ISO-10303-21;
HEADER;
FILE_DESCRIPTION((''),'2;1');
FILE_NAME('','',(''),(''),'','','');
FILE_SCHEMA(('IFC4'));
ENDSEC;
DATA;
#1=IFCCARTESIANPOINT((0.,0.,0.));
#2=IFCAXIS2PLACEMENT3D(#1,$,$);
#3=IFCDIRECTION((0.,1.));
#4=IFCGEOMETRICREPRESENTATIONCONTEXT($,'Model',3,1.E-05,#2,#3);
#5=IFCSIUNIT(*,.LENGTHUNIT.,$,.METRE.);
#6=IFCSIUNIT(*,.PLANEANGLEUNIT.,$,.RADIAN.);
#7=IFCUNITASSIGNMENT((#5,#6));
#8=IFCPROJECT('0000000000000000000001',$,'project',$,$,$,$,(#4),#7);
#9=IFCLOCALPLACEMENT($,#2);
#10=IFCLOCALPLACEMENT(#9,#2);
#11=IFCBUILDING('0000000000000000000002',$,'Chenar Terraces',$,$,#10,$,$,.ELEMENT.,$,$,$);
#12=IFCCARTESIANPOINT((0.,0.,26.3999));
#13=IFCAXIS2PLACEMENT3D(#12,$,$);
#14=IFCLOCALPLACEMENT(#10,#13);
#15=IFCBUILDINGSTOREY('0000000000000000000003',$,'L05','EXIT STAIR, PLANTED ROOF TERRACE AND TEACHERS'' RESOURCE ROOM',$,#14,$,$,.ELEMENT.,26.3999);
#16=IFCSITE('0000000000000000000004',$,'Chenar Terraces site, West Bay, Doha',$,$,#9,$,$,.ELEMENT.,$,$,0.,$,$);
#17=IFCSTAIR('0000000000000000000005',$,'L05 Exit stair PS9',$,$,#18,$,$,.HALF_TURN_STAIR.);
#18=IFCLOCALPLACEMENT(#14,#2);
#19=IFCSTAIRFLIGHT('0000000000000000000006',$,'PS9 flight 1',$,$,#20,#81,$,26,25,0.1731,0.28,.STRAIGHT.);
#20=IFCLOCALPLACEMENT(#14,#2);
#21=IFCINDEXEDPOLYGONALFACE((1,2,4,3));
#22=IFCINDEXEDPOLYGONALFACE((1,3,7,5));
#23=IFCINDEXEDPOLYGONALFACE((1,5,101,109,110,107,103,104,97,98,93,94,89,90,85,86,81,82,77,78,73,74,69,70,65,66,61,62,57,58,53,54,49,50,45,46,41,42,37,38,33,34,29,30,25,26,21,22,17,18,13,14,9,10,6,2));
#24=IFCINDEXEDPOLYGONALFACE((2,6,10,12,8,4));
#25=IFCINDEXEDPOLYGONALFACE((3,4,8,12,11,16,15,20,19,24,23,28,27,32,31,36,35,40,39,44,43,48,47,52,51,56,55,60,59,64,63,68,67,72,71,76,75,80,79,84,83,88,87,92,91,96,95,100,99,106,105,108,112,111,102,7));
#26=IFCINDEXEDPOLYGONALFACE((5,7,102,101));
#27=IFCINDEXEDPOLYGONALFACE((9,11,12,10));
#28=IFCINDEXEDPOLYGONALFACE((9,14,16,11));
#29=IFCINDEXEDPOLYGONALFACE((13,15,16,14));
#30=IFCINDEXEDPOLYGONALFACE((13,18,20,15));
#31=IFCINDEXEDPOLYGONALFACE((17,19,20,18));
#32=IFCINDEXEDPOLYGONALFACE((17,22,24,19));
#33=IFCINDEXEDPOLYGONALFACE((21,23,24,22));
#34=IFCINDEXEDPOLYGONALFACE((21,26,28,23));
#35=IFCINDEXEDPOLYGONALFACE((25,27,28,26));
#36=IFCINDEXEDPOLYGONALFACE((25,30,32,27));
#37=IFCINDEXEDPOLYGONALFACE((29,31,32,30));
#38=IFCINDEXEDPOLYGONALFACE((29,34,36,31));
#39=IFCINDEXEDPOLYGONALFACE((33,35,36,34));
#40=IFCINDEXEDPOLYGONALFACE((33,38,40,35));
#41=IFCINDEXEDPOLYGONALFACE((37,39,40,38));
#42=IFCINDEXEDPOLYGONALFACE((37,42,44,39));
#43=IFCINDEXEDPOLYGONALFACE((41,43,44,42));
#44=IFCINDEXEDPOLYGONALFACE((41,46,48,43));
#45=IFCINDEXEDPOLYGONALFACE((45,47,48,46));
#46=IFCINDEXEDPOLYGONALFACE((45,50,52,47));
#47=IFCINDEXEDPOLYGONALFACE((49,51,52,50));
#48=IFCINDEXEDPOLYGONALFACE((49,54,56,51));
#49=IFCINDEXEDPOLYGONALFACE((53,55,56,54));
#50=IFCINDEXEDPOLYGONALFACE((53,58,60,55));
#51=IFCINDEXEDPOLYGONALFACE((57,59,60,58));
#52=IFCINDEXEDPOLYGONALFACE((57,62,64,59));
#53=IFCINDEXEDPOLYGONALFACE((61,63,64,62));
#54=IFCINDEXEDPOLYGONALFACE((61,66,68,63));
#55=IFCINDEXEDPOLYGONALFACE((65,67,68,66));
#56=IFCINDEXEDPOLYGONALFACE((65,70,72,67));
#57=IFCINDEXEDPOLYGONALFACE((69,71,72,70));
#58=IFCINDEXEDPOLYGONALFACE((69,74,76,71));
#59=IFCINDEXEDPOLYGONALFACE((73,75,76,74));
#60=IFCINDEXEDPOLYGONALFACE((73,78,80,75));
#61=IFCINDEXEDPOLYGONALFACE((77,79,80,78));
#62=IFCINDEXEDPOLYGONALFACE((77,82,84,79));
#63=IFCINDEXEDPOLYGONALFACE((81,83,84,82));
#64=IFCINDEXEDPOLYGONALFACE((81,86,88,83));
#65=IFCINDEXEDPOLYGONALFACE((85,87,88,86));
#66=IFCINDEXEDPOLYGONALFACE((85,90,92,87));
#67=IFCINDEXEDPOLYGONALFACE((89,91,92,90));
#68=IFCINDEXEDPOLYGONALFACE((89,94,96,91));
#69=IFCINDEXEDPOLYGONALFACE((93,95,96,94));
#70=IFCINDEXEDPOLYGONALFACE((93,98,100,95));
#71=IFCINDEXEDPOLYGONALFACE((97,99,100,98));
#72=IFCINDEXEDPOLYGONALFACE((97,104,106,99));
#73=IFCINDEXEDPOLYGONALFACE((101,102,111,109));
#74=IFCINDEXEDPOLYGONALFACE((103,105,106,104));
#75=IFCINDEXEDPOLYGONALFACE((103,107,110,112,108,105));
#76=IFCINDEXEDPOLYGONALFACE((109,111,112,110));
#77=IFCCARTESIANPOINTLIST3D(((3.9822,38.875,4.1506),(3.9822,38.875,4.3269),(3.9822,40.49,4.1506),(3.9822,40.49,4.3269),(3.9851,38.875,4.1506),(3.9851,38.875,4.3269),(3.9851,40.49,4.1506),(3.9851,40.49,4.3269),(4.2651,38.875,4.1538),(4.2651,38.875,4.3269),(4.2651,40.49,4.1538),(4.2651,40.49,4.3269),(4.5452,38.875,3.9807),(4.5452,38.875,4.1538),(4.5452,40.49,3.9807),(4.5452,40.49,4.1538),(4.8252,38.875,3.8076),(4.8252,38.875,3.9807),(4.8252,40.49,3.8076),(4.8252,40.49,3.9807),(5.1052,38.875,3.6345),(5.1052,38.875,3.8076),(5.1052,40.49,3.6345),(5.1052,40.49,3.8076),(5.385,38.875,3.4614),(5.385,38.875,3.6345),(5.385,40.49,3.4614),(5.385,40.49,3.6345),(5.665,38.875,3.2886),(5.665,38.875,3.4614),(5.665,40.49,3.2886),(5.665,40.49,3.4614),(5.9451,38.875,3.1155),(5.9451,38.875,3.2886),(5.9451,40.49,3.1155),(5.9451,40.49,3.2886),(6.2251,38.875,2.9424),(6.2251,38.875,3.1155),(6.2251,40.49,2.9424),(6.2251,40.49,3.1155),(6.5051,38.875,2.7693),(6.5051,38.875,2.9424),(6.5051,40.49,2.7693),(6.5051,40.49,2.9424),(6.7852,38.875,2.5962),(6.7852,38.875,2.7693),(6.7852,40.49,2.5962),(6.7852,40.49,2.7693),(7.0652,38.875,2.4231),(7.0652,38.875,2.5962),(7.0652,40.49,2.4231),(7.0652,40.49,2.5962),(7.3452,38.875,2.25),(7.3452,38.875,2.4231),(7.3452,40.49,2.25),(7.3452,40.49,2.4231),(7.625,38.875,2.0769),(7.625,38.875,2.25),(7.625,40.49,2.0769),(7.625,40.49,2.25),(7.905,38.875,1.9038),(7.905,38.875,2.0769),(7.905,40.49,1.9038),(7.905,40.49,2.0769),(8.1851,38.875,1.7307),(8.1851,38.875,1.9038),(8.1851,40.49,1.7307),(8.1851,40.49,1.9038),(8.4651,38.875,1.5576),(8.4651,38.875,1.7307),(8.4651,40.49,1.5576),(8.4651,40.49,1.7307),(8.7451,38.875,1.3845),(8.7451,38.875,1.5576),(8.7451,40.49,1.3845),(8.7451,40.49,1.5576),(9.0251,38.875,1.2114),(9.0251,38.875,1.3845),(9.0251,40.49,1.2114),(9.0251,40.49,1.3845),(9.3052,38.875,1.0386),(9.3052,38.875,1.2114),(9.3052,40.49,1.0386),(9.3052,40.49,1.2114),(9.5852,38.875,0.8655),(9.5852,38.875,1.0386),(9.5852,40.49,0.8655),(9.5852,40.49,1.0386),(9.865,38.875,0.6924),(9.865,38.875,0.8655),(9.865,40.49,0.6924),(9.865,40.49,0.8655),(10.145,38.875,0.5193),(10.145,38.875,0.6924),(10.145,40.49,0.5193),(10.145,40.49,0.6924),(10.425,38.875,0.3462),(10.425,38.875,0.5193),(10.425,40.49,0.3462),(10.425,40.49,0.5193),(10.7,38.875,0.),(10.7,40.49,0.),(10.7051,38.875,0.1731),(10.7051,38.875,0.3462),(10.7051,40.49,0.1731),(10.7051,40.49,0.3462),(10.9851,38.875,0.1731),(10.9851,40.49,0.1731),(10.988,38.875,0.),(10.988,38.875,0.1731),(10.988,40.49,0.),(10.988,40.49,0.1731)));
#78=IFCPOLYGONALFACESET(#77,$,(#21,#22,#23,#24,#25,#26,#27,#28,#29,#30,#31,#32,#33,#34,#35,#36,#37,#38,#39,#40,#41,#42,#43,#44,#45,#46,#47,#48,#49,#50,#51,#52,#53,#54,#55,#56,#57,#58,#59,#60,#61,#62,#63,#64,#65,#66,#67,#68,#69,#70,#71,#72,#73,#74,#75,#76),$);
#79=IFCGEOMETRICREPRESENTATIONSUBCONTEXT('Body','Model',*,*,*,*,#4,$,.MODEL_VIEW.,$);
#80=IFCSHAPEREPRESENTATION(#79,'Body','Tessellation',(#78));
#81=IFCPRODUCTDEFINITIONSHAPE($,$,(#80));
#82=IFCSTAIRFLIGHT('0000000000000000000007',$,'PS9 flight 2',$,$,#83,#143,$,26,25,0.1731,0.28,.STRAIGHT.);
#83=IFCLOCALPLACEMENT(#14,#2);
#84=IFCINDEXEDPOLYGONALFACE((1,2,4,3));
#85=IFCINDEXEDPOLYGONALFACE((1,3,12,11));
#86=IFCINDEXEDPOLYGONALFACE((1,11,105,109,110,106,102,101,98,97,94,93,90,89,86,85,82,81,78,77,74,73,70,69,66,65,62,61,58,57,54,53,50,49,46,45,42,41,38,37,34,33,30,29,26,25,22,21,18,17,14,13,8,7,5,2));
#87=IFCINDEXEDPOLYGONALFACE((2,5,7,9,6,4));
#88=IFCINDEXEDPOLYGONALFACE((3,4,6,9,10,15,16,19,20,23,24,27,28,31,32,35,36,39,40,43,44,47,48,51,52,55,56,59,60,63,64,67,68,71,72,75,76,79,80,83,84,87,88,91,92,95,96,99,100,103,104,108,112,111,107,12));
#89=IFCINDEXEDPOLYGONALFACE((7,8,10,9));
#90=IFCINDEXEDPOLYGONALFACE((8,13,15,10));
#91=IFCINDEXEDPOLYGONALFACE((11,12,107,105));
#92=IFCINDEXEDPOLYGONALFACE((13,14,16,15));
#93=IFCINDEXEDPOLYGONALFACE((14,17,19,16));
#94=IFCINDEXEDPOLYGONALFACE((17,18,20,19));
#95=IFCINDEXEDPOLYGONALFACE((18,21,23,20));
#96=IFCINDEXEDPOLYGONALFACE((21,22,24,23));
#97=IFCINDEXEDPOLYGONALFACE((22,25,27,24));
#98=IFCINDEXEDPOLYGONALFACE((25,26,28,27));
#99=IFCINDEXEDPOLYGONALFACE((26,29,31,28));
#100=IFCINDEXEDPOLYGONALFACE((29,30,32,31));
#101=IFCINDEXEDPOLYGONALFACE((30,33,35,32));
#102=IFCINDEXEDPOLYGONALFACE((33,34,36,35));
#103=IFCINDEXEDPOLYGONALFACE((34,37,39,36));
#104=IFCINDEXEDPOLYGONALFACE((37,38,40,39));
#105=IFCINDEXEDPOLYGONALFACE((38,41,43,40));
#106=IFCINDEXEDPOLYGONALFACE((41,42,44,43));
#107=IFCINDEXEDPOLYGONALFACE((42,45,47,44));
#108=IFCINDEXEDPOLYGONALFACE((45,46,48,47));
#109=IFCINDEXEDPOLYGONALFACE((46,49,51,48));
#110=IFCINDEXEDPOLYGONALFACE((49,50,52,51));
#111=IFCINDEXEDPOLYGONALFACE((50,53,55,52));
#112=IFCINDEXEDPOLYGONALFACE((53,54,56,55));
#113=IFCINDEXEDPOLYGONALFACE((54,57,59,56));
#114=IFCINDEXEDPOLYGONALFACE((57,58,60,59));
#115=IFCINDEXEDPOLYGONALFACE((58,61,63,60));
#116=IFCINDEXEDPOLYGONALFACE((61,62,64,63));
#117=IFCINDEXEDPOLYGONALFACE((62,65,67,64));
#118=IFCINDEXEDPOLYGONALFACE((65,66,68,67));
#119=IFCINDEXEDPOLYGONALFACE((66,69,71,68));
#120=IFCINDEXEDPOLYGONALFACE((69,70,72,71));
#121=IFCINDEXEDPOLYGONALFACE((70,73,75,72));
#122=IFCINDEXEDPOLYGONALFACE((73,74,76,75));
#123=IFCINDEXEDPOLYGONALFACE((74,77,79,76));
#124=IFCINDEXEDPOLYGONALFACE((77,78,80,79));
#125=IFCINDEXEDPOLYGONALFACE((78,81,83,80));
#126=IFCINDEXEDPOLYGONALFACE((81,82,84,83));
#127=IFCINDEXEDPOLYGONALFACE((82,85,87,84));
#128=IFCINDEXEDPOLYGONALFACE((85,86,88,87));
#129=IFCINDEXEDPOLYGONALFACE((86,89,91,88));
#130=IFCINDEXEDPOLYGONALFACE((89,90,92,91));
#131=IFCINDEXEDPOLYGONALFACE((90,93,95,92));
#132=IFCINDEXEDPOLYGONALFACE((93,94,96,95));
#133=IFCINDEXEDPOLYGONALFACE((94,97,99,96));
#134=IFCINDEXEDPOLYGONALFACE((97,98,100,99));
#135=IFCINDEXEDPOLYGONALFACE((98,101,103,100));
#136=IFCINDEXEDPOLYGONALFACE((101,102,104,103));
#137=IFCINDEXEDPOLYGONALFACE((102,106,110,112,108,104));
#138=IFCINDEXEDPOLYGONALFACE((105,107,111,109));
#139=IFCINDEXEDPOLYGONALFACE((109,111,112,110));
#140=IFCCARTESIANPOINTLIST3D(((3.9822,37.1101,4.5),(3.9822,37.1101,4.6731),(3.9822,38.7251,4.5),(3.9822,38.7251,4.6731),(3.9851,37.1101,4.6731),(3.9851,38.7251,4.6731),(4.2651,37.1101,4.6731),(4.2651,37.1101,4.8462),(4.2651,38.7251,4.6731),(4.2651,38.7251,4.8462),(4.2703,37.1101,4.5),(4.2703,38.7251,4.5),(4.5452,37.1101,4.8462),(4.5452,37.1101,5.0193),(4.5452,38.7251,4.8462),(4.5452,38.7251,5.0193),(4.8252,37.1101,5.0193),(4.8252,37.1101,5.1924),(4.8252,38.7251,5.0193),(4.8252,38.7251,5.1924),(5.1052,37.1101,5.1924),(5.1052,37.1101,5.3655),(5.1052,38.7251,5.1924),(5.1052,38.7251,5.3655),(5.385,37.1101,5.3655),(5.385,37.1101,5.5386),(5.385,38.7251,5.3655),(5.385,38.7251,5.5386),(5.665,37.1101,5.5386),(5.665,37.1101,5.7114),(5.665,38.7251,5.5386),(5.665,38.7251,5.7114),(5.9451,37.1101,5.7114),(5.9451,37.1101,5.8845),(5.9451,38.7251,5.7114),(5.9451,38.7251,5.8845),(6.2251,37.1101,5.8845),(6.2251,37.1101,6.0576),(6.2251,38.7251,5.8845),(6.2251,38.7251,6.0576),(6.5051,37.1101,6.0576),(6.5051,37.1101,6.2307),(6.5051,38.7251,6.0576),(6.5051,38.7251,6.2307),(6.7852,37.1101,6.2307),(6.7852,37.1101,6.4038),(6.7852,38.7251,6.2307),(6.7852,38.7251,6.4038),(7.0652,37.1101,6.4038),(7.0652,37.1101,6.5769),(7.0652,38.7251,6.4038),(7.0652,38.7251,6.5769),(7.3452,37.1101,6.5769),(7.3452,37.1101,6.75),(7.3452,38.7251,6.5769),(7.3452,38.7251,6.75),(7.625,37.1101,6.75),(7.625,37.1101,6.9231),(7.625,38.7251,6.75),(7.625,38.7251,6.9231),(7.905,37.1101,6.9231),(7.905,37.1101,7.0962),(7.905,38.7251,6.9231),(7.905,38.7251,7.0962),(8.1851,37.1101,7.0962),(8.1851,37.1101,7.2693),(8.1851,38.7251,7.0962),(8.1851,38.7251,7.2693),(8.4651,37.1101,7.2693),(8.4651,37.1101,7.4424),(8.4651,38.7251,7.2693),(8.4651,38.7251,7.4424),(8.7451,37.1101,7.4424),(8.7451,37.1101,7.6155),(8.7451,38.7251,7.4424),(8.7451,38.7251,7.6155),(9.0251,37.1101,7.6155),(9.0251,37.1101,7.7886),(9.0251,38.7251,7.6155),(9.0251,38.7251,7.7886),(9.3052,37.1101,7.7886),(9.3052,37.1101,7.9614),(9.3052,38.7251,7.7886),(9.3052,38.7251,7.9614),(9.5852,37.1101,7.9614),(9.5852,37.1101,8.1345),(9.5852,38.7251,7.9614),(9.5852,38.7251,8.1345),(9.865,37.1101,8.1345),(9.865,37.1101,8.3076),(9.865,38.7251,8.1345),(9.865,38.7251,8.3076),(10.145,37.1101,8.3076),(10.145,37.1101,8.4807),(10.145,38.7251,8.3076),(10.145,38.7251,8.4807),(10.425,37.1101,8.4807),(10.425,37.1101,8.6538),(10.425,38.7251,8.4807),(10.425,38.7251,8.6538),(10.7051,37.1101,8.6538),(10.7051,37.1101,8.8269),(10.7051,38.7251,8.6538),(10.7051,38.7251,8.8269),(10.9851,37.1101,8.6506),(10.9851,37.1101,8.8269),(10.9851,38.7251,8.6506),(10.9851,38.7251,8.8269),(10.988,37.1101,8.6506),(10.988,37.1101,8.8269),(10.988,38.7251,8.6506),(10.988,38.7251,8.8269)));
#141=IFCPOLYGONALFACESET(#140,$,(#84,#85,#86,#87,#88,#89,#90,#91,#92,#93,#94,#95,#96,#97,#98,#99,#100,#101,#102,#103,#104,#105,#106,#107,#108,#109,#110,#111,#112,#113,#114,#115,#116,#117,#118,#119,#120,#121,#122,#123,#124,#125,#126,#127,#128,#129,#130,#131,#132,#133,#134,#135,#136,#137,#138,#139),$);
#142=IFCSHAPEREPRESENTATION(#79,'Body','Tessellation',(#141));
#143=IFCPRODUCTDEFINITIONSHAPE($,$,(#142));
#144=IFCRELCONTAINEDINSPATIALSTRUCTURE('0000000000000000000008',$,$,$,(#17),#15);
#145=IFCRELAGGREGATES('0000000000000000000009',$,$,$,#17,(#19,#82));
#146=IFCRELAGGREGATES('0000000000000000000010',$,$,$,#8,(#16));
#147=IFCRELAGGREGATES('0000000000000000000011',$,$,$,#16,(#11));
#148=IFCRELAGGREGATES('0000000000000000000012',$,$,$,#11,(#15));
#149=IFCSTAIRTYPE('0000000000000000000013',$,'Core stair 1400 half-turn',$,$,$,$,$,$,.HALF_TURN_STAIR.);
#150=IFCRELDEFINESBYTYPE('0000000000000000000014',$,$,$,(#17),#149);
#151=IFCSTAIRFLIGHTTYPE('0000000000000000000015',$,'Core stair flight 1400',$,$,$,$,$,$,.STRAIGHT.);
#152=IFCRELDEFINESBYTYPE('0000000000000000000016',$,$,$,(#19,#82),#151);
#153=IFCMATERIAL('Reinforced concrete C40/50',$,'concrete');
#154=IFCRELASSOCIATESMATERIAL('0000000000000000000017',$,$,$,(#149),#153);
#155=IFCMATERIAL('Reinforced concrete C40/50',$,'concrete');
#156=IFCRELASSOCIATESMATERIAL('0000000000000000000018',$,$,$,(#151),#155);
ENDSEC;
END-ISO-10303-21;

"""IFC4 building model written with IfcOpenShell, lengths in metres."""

from ifc_helpers import new_model, si_unit, direction, frame, origin, place, context, subcontext, project, spatial, polyline, outline, extrude, material, type_object, element, aggregate, save


model = new_model("IFC4")

# Units and contexts
model_context = context("Model", 3, precision=1e-05, world=origin(), true_north=direction((0.0, 1.0)))
body_context = subcontext(model_context, "Body", "Model", "MODEL_VIEW")
ifc_project = project(units=[si_unit("LENGTHUNIT", "METRE"), si_unit("PLANEANGLEUNIT", "RADIAN")], contexts=[model_context])

# Site, building, storey
site_placement = place(None, origin())
site = spatial("IfcSite", under=ifc_project, at=site_placement, Name="Chenar Terraces site, West Bay, Doha", CompositionType="ELEMENT", RefElevation=0.0)
building_placement = place(site_placement, origin())
building = spatial("IfcBuilding", under=site, at=building_placement, Name="Chenar Terraces", CompositionType="ELEMENT")
storey_placement = place(building_placement, frame((0.0, 0.0, 26.3999)))
storey = spatial("IfcBuildingStorey", under=building, at=storey_placement, Name="L05", Description="EXIT STAIR, PLANTED ROOF TERRACE AND TEACHERS' RESOURCE ROOM", CompositionType="ELEMENT", Elevation=26.3999)

# Stair, stair flights
ifc_material_1 = material(Name="Reinforced concrete C40/50", Category="concrete")
stair_type = type_object("IfcStairType", Name="Core stair 1400 half-turn", PredefinedType="HALF_TURN_STAIR", material=ifc_material_1)
placement = place(storey_placement, origin())
ifc_material_2 = material(Name="Reinforced concrete C40/50", Category="concrete")
stair_flight_type = type_object("IfcStairFlightType", Name="Core stair flight 1400", PredefinedType="STRAIGHT", material=ifc_material_2)
stair_1 = element("IfcStair", 1, at=placement, inside=storey, type_object=stair_type, Name="L05 Exit stair PS9", PredefinedType="HALF_TURN_STAIR")
stair_flight_1_placement = place(storey_placement, frame((10.9851, 39.6826, 0.0), z_axis=(0.0, 0.0, 1.0), x_axis=(-1.0, 0.0, 0.0)))
stair_flight_1 = element("IfcStairFlight", 2, at=stair_flight_1_placement, type_object=stair_flight_type, Name="PS9 flight 1", NumberOfRisers=26, NumberOfTreads=25, PredefinedType="STRAIGHT", RiserHeight=0.1731, TreadLength=0.28, context=body_context, shape_type="SweptSolid", body=[
    extrude(outline(polyline([(-0.0029, 0.0), (-0.0029, 0.1731), (0.0, 0.1731), (0.28, 0.1731), (0.28, 0.3462), (0.5601, 0.3462), (0.5601, 0.5193), (0.8401, 0.5193), (0.8401, 0.6924), (1.1201, 0.6924), (1.1201, 0.8655), (1.3999, 0.8655), (1.3999, 1.0386), (1.6799, 1.0386), (1.6799, 1.2114), (1.96, 1.2114), (1.96, 1.3845), (2.24, 1.3845), (2.24, 1.5576), (2.52, 1.5576), (2.52, 1.7307), (2.8, 1.7307), (2.8, 1.9038), (3.0801, 1.9038), (3.0801, 2.0769), (3.3601, 2.0769), (3.3601, 2.25), (3.6399, 2.25), (3.6399, 2.4231), (3.9199, 2.4231), (3.9199, 2.5962), (4.2, 2.5962), (4.2, 2.7693), (4.48, 2.7693), (4.48, 2.9424), (4.76, 2.9424), (4.76, 3.1155), (5.04, 3.1155), (5.04, 3.2886), (5.3201, 3.2886), (5.3201, 3.4614), (5.6001, 3.4614), (5.6001, 3.6345), (5.8799, 3.6345), (5.8799, 3.8076), (6.1599, 3.8076), (6.1599, 3.9807), (6.4399, 3.9807), (6.4399, 4.1538), (6.72, 4.1538), (6.72, 4.3269), (7.0, 4.3269), (7.0029, 4.3269), (7.0029, 4.1506), (7.0, 4.1506), (0.2852, 0.0), (-0.0029, 0.0)])), frame((0.0, 0.8076, 0.0), z_axis=(0.0, -1.0, 0.0), x_axis=(1.0, 0.0, 0.0)), (0.0, 0.0, 1.0), 1.615),
])
stair_flight_2_placement = place(storey_placement, frame((3.9851, 37.9175, 4.5), z_axis=(0.0, 0.0, 1.0), x_axis=(1.0, 0.0, 0.0)))
stair_flight_2 = element("IfcStairFlight", 3, at=stair_flight_2_placement, type_object=stair_flight_type, Name="PS9 flight 2", NumberOfRisers=26, NumberOfTreads=25, PredefinedType="STRAIGHT", RiserHeight=0.1731, TreadLength=0.28, context=body_context, shape_type="SweptSolid", body=[
    extrude(outline(polyline([(-0.0029, 0.0), (-0.0029, 0.1731), (0.0, 0.1731), (0.28, 0.1731), (0.28, 0.3462), (0.5601, 0.3462), (0.5601, 0.5193), (0.8401, 0.5193), (0.8401, 0.6924), (1.1201, 0.6924), (1.1201, 0.8655), (1.3999, 0.8655), (1.3999, 1.0386), (1.6799, 1.0386), (1.6799, 1.2114), (1.96, 1.2114), (1.96, 1.3845), (2.24, 1.3845), (2.24, 1.5576), (2.52, 1.5576), (2.52, 1.7307), (2.8, 1.7307), (2.8, 1.9038), (3.0801, 1.9038), (3.0801, 2.0769), (3.3601, 2.0769), (3.3601, 2.25), (3.6399, 2.25), (3.6399, 2.4231), (3.9199, 2.4231), (3.9199, 2.5962), (4.2, 2.5962), (4.2, 2.7693), (4.48, 2.7693), (4.48, 2.9424), (4.76, 2.9424), (4.76, 3.1155), (5.04, 3.1155), (5.04, 3.2886), (5.3201, 3.2886), (5.3201, 3.4614), (5.6001, 3.4614), (5.6001, 3.6345), (5.8799, 3.6345), (5.8799, 3.8076), (6.1599, 3.8076), (6.1599, 3.9807), (6.4399, 3.9807), (6.4399, 4.1538), (6.72, 4.1538), (6.72, 4.3269), (7.0, 4.3269), (7.0029, 4.3269), (7.0029, 4.1506), (7.0, 4.1506), (0.2852, 0.0), (-0.0029, 0.0)])), frame((0.0, 0.8076, 0.0), z_axis=(0.0, -1.0, 0.0), x_axis=(1.0, 0.0, 0.0)), (0.0, 0.0, 1.0), 1.615),
])
aggregate(stair_1, [stair_flight_1, stair_flight_2])

save(model, "model.ifc")
